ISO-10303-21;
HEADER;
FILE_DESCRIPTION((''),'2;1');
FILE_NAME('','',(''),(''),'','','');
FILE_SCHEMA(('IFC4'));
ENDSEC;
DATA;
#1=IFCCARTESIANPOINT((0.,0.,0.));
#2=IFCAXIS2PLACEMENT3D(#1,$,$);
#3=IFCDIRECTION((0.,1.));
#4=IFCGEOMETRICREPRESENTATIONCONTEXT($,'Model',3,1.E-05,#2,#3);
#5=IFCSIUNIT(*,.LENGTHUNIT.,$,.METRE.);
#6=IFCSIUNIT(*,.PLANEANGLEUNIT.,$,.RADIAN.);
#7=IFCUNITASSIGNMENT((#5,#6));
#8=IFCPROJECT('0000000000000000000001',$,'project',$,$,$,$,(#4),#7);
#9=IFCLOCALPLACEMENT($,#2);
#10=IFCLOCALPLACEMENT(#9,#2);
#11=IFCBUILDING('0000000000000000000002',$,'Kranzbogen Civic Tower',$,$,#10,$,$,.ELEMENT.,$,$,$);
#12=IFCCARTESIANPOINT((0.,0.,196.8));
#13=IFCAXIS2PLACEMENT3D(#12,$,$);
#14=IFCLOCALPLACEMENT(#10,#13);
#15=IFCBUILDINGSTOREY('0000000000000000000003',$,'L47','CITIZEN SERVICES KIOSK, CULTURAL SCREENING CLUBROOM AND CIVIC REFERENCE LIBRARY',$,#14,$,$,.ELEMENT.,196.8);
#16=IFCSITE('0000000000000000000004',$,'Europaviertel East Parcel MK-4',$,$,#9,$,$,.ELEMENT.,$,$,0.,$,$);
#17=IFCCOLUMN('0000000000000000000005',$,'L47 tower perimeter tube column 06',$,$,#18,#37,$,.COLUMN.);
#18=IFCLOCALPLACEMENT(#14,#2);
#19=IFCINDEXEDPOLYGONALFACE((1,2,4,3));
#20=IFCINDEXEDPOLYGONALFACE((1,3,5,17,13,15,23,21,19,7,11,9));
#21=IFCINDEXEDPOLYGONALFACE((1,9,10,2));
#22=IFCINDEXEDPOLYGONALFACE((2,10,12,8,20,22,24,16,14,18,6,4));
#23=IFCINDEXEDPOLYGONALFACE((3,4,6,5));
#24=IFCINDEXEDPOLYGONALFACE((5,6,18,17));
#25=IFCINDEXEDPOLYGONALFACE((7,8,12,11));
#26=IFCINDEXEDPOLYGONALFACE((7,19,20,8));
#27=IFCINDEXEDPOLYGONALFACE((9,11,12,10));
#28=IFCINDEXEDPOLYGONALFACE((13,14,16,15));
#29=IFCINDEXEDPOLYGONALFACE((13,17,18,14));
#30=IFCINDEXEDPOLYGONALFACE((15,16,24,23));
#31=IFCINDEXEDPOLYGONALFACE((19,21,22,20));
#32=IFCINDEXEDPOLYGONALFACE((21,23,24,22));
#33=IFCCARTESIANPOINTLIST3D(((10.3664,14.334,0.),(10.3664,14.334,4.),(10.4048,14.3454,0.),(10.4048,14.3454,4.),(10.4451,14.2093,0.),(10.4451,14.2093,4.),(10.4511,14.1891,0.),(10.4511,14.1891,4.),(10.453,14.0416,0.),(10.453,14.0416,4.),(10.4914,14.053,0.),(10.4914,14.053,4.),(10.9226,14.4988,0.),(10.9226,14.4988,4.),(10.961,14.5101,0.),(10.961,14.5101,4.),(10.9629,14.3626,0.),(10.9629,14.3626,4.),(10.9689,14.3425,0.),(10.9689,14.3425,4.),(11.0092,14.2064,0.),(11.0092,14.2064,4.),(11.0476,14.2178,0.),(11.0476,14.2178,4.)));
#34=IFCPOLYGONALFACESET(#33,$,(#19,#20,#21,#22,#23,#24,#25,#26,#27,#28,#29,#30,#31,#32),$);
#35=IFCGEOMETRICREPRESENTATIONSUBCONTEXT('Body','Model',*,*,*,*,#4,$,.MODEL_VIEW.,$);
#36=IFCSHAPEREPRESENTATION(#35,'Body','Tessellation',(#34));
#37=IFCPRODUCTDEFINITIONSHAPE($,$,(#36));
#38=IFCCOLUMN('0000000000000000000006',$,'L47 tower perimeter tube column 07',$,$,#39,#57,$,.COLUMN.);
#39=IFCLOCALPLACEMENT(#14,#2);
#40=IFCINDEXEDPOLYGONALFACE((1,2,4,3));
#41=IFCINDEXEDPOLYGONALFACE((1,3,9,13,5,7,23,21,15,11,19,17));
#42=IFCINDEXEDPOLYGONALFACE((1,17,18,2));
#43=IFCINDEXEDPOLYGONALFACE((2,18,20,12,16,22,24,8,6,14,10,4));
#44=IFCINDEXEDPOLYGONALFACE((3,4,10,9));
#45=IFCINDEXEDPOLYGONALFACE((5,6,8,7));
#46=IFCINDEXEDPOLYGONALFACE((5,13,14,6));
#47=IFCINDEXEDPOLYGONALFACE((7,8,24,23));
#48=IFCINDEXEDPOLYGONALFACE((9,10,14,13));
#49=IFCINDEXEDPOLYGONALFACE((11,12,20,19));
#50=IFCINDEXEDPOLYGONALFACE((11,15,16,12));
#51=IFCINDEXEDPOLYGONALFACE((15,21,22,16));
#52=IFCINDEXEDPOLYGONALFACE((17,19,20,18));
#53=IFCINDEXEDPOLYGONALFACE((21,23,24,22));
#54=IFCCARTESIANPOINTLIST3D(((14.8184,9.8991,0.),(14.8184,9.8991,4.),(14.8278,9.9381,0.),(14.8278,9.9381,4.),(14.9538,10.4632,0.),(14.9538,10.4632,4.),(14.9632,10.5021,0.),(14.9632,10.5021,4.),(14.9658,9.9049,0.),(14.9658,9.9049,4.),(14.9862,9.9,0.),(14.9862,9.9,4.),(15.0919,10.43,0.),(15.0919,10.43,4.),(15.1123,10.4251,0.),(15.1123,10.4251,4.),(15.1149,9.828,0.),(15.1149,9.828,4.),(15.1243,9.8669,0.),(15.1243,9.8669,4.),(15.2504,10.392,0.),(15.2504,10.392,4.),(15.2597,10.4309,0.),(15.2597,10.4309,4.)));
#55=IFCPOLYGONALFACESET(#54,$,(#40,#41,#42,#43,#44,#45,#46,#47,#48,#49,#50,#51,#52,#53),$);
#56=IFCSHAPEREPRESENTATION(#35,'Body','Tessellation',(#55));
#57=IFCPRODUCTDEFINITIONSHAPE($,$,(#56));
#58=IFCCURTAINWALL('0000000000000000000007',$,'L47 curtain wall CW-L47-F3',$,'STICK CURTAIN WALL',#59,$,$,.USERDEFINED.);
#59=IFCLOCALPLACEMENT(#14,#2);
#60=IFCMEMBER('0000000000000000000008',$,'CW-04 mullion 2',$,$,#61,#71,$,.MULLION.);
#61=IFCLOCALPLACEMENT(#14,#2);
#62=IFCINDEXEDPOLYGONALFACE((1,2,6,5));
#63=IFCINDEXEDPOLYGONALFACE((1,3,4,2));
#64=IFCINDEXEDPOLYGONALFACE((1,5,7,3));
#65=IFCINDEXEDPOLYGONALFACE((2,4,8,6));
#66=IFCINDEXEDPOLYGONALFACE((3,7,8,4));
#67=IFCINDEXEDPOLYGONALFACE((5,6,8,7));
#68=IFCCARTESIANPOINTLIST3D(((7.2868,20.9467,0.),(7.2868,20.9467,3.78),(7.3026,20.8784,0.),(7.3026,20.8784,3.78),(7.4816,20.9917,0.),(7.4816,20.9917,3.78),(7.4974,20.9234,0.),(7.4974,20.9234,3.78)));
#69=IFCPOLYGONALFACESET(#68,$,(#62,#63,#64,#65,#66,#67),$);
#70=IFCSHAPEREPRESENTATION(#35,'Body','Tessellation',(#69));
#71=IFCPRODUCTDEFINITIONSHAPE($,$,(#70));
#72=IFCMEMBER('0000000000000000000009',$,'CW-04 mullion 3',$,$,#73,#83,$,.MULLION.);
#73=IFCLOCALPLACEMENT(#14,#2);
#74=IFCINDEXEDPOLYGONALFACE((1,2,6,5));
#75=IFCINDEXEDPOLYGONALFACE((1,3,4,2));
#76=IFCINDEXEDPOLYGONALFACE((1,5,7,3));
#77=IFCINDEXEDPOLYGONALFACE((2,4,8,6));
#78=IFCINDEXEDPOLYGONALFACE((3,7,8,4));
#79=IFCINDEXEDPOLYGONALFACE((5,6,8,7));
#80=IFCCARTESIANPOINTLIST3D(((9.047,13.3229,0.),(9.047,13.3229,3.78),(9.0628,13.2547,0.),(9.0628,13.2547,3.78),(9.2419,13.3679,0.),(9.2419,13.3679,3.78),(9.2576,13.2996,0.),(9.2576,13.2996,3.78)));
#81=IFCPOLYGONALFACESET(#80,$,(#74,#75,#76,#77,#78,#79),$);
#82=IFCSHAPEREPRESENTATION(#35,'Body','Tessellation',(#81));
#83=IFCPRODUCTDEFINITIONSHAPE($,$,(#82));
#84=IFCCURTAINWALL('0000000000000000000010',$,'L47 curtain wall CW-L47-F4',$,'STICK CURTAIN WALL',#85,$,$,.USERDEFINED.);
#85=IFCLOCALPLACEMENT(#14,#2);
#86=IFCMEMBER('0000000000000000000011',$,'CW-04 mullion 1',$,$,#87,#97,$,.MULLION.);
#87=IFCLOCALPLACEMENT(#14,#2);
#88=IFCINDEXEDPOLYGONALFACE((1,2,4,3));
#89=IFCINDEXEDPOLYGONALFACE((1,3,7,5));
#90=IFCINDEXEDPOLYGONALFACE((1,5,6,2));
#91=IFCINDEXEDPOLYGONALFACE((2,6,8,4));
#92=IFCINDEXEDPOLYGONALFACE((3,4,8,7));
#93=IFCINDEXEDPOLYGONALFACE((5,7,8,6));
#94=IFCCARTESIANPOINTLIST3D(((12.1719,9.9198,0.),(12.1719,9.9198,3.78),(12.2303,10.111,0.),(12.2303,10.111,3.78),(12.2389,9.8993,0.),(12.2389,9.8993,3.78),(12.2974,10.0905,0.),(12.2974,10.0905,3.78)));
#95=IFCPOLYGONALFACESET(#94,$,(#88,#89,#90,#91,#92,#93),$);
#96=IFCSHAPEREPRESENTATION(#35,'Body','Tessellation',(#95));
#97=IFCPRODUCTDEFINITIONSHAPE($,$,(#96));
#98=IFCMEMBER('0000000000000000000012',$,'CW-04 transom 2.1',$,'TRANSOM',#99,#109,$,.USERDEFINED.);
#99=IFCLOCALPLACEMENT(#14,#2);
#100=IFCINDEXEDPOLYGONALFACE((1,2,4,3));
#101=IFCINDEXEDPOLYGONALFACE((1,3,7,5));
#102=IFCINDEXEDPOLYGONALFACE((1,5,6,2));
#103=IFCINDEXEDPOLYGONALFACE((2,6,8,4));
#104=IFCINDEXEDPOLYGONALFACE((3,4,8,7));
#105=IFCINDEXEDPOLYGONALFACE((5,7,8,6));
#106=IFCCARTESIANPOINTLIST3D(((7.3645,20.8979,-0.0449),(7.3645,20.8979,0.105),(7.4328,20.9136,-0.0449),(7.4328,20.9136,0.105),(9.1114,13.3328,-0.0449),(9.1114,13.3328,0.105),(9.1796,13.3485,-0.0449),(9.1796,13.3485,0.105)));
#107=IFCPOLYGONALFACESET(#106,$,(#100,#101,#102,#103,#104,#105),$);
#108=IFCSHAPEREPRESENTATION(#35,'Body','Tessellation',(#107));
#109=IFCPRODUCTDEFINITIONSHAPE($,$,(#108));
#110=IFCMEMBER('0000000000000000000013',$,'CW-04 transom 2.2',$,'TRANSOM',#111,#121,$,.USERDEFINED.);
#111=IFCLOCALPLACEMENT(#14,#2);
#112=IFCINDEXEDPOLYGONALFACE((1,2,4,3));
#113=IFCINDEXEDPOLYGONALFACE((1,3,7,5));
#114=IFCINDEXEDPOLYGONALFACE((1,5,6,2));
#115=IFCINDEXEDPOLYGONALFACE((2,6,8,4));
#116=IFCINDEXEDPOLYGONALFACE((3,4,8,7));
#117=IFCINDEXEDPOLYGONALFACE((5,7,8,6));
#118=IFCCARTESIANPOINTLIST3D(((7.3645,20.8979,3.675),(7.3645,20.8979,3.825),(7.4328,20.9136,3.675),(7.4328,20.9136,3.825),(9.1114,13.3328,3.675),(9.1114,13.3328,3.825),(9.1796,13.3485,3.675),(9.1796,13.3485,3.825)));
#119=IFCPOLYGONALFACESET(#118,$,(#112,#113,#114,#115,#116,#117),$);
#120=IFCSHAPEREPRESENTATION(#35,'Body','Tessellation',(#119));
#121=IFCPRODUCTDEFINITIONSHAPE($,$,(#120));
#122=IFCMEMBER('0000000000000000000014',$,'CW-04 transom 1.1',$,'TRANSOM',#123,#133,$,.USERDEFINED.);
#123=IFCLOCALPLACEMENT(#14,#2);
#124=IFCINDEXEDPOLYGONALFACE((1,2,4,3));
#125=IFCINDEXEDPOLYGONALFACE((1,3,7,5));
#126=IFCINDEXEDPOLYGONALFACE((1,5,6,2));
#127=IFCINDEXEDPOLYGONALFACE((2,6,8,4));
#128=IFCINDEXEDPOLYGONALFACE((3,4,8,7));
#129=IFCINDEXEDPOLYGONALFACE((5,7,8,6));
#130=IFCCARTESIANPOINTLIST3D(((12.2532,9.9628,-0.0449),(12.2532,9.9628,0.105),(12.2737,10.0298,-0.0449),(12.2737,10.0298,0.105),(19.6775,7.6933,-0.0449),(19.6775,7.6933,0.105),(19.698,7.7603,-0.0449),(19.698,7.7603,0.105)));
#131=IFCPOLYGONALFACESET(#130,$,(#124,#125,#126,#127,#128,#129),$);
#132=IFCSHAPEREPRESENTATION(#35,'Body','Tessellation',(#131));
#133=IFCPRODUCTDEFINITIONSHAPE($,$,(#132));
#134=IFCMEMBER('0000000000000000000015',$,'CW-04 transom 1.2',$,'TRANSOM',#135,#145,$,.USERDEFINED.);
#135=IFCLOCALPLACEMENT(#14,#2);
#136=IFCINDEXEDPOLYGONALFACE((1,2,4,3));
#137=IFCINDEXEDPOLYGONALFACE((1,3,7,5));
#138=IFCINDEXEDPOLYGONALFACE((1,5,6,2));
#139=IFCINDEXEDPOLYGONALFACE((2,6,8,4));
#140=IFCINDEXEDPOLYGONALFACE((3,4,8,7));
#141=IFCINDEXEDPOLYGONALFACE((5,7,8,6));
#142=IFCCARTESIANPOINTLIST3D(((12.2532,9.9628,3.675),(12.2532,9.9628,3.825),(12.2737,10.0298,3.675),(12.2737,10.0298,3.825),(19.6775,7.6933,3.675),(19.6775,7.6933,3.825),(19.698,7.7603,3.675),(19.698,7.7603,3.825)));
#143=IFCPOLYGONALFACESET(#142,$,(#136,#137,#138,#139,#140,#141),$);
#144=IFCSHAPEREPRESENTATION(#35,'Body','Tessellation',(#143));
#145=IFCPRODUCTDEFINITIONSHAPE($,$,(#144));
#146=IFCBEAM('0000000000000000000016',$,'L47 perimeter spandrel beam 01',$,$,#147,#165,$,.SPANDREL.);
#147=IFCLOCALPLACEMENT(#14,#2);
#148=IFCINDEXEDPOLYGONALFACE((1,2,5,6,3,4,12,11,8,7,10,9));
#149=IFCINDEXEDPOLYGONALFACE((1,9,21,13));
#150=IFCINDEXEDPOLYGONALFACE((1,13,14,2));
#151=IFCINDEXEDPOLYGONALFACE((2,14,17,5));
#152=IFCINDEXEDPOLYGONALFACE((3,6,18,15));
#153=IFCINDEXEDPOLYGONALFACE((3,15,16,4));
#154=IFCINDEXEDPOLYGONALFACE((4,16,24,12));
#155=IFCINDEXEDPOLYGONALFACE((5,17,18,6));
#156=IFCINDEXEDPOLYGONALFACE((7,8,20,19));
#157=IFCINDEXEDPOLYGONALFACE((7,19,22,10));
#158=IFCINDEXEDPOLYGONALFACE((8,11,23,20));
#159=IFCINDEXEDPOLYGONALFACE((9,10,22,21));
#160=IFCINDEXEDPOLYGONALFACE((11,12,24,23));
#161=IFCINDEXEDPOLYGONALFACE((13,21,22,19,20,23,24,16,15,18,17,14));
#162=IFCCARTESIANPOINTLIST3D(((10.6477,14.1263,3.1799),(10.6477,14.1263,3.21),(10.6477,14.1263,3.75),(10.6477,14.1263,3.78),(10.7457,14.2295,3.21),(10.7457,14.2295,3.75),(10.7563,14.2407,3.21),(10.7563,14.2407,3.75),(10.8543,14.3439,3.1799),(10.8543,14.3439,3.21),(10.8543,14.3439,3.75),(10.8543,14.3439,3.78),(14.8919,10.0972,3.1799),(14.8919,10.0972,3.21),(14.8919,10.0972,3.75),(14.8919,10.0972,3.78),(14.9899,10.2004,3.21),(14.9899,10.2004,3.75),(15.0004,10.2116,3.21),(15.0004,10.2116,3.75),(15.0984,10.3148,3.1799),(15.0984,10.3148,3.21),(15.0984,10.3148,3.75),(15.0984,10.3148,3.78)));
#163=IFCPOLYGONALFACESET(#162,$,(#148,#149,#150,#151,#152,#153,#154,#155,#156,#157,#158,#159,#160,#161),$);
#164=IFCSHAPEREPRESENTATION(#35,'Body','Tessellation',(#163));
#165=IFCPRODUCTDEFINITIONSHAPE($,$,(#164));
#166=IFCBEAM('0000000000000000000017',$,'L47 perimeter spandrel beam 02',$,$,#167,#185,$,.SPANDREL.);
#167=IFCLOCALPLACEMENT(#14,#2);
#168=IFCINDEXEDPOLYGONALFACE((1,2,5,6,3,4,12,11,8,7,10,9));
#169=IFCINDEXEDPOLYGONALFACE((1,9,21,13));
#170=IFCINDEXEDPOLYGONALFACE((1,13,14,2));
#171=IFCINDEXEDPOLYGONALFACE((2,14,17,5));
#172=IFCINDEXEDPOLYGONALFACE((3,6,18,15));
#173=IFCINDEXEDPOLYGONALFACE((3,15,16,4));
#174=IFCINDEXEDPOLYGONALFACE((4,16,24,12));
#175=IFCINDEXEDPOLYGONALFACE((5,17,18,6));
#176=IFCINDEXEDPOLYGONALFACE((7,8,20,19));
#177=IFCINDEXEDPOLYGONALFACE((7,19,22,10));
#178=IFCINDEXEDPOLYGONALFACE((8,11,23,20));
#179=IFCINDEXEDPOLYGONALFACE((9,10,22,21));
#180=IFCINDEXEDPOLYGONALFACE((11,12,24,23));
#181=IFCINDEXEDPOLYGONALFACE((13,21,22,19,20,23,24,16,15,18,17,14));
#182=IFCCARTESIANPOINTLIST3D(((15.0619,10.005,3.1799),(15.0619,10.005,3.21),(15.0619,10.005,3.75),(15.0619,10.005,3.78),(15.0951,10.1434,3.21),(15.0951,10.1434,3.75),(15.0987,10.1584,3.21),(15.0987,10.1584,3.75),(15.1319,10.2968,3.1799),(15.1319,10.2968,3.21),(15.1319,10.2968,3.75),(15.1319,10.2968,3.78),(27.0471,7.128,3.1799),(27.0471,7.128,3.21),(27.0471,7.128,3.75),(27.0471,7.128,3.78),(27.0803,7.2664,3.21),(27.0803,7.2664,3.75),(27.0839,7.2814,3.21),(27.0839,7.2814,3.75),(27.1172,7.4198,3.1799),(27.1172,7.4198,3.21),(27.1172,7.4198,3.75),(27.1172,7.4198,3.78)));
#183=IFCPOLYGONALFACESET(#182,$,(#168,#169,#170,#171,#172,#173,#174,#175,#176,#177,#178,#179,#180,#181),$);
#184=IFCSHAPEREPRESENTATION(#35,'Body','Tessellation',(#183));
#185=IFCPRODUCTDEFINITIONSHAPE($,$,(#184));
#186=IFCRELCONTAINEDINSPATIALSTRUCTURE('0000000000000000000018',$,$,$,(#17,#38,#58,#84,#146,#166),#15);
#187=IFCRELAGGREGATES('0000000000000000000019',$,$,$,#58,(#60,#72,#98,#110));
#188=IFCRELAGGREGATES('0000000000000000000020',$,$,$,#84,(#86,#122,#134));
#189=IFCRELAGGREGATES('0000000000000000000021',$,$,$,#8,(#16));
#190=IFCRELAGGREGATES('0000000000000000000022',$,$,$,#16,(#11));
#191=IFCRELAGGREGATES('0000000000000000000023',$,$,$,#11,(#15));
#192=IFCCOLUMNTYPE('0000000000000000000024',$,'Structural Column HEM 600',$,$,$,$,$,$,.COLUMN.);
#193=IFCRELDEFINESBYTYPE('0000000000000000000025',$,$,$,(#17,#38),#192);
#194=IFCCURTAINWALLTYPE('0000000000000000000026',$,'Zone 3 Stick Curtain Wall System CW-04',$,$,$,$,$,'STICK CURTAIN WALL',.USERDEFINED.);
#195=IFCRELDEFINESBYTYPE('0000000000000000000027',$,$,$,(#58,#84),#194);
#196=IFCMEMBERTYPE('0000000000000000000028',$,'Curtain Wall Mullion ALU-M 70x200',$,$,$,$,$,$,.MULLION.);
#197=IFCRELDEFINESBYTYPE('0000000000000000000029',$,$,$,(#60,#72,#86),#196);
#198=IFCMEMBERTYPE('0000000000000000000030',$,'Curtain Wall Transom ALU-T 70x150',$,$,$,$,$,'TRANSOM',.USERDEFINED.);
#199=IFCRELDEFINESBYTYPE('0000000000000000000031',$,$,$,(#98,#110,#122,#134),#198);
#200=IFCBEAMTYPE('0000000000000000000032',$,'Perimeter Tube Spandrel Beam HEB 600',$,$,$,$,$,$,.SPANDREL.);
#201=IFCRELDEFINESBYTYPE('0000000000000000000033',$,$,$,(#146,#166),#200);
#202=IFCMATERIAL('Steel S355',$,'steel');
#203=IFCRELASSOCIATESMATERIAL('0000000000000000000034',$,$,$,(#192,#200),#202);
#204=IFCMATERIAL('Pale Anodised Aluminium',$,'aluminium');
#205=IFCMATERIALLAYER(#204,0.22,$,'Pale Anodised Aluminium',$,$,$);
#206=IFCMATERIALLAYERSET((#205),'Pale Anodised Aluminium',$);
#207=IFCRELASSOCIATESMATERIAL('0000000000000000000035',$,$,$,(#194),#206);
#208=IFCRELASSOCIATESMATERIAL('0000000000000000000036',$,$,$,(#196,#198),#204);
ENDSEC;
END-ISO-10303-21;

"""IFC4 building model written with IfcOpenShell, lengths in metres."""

from ifc_helpers import new_model, si_unit, direction, frame, origin, origin_2d, place, context, subcontext, project, spatial, rectangle, i_section, extrude, material, layer, layer_set, material_profile, profile_set, type_object, element, aggregate, save


model = new_model("IFC4")

# Units and contexts
model_context = context("Model", 3, precision=1e-05, world=origin(), true_north=direction((0.0, 1.0)))
body_context = subcontext(model_context, "Body", "Model", "MODEL_VIEW")
ifc_project = project(units=[si_unit("LENGTHUNIT", "METRE"), si_unit("PLANEANGLEUNIT", "RADIAN")], contexts=[model_context])

# Site, building, storey
site_placement = place(None, origin())
site = spatial("IfcSite", under=ifc_project, at=site_placement, Name="Europaviertel East Parcel MK-4", CompositionType="ELEMENT", RefElevation=0.0)
building_placement = place(site_placement, origin())
building = spatial("IfcBuilding", under=site, at=building_placement, Name="Kranzbogen Civic Tower", CompositionType="ELEMENT")
storey_placement = place(building_placement, frame((0.0, 0.0, 196.8)))
storey = spatial("IfcBuildingStorey", under=building, at=storey_placement, Name="L47", Description="CITIZEN SERVICES KIOSK, CULTURAL SCREENING CLUBROOM AND CIVIC REFERENCE LIBRARY", CompositionType="ELEMENT", Elevation=196.8)

# Columns
ifc_material_1 = material(Name="Steel S355", Category="steel")
ifc_material_profile_1 = material_profile(ifc_material_1, i_section(OverallWidth=0.3049, OverallDepth=0.6201, WebThickness=0.021, FlangeThickness=0.04, at=origin_2d()), Name="HEM 600")
ifc_profile_set_1 = profile_set([ifc_material_profile_1], Name="Steel S355")
column_type = type_object("IfcColumnType", Name="Structural Column HEM 600", PredefinedType="COLUMN", material=ifc_profile_set_1)
for number, where, z_axis, x_axis, name in (
    (1, (10.707, 14.2759, 0.0), (0.0, 0.0, 1.0), (-0.284015, 0.95882, 0.0), "L47 tower perimeter tube column 06"),
    (2, (15.0391, 10.165, 0.0), (0.0, 0.0, 1.0), (-0.97237, 0.233445, 0.0), "L47 tower perimeter tube column 07"),
):
    element("IfcColumn", number, at=place(storey_placement, frame(where, z_axis=z_axis, x_axis=x_axis)), inside=storey, type_object=column_type, Name=name, PredefinedType="COLUMN", context=body_context, shape_type="SweptSolid", body=[
        extrude(i_section(OverallWidth=0.3049, OverallDepth=0.6201, WebThickness=0.021, FlangeThickness=0.04, at=origin_2d()), origin(), (0.0, 0.0, 1.0), 4.0),
    ])

# Curtain wall, members
ifc_material_2 = material(Name="Pale Anodised Aluminium", Category="aluminium")
ifc_layer_1 = layer(ifc_material_2, 0.22, Name="Pale Anodised Aluminium")
ifc_layer_set_1 = layer_set([ifc_layer_1], Name="Pale Anodised Aluminium")
curtain_wall_type = type_object("IfcCurtainWallType", Name="Zone 3 Stick Curtain Wall System CW-04", ElementType="STICK CURTAIN WALL", PredefinedType="USERDEFINED", material=ifc_layer_set_1)
curtain_wall_1_placement = place(storey_placement, origin())
curtain_wall_1 = element("IfcCurtainWall", 3, at=curtain_wall_1_placement, inside=storey, type_object=curtain_wall_type, Name="L47 curtain wall CW-L47-F3", ObjectType="STICK CURTAIN WALL", PredefinedType="USERDEFINED")
ifc_material_profile_2 = material_profile(ifc_material_2, rectangle(XDim=0.0701, YDim=0.2, at=origin_2d()), Name="ALU-M 70x200")
ifc_profile_set_2 = profile_set([ifc_material_profile_2], Name="Pale Anodised Aluminium")
member_type_1 = type_object("IfcMemberType", Name="Curtain Wall Mullion ALU-M 70x200", PredefinedType="MULLION", material=ifc_profile_set_2)
member_1_placement = place(storey_placement, frame((7.3921, 20.9351, 0.0), z_axis=(0.0, 0.0, 1.0), x_axis=(0.224971, -0.974365, 0.0)))
member_1 = element("IfcMember", 4, at=member_1_placement, type_object=member_type_1, Name="CW-04 mullion 2", PredefinedType="MULLION", context=body_context, shape_type="SweptSolid", body=[
    extrude(rectangle(XDim=0.0701, YDim=0.2, at=origin_2d()), origin(), (0.0, 0.0, 1.0), 3.78),
])
member_2_placement = place(storey_placement, frame((9.1523, 13.3113, 0.0), z_axis=(0.0, 0.0, 1.0), x_axis=(0.224971, -0.974365, 0.0)))
member_2 = element("IfcMember", 5, at=member_2_placement, type_object=member_type_1, Name="CW-04 mullion 3", PredefinedType="MULLION", context=body_context, shape_type="SweptSolid", body=[
    extrude(rectangle(XDim=0.0701, YDim=0.2, at=origin_2d()), origin(), (0.0, 0.0, 1.0), 3.78),
])

# Curtain wall, member
curtain_wall_2_placement = place(storey_placement, origin())
curtain_wall_2 = element("IfcCurtainWall", 6, at=curtain_wall_2_placement, inside=storey, type_object=curtain_wall_type, Name="L47 curtain wall CW-L47-F4", ObjectType="STICK CURTAIN WALL", PredefinedType="USERDEFINED")
member_3_placement = place(storey_placement, frame((12.2346, 10.0051, 0.0), z_axis=(0.0, 0.0, 1.0), x_axis=(0.956312, -0.29235, 0.0)))
member_3 = element("IfcMember", 7, at=member_3_placement, type_object=member_type_1, Name="CW-04 mullion 1", PredefinedType="MULLION", context=body_context, shape_type="SweptSolid", body=[
    extrude(rectangle(XDim=0.0701, YDim=0.2, at=origin_2d()), origin(), (0.0, 0.0, 1.0), 3.78),
])

# Members
ifc_material_profile_3 = material_profile(ifc_material_2, rectangle(XDim=0.0701, YDim=0.1499, at=origin_2d()), Name="ALU-T 70x150")
ifc_profile_set_3 = profile_set([ifc_material_profile_3], Name="Pale Anodised Aluminium")
member_type_2 = type_object("IfcMemberType", Name="Curtain Wall Transom ALU-T 70x150", ElementType="TRANSOM", PredefinedType="USERDEFINED", material=ifc_profile_set_3)
member_4_placement = place(storey_placement, frame((7.3987, 20.9058, 0.03), z_axis=(0.224984, -0.974363, 0.0), x_axis=(0.974363, 0.224984, 0.0)))
member_4 = element("IfcMember", 8, at=member_4_placement, type_object=member_type_2, Name="CW-04 transom 2.1", ObjectType="TRANSOM", PredefinedType="USERDEFINED", context=body_context, shape_type="SweptSolid", body=[
    extrude(rectangle(XDim=0.0701, YDim=0.1499, at=origin_2d()), origin(), (0.0, 0.0, 1.0), 7.7642),
])
member_5_placement = place(storey_placement, frame((7.3987, 20.9058, 3.75), z_axis=(0.224984, -0.974363, 0.0), x_axis=(0.974363, 0.224984, 0.0)))
member_5 = element("IfcMember", 9, at=member_5_placement, type_object=member_type_2, Name="CW-04 transom 2.2", ObjectType="TRANSOM", PredefinedType="USERDEFINED", context=body_context, shape_type="SweptSolid", body=[
    extrude(rectangle(XDim=0.0701, YDim=0.1499, at=origin_2d()), origin(), (0.0, 0.0, 1.0), 7.7642),
])
member_6_placement = place(storey_placement, frame((12.2634, 9.9963, 0.03), z_axis=(0.956316, -0.292335, 0.0), x_axis=(0.292335, 0.956316, 0.0)))
member_6 = element("IfcMember", 10, at=member_6_placement, type_object=member_type_2, Name="CW-04 transom 1.1", ObjectType="TRANSOM", PredefinedType="USERDEFINED", context=body_context, shape_type="SweptSolid", body=[
    extrude(rectangle(XDim=0.0701, YDim=0.1499, at=origin_2d()), origin(), (0.0, 0.0, 1.0), 7.7634),
])
member_7_placement = place(storey_placement, frame((12.2634, 9.9963, 3.75), z_axis=(0.956316, -0.292335, 0.0), x_axis=(0.292335, 0.956316, 0.0)))
member_7 = element("IfcMember", 11, at=member_7_placement, type_object=member_type_2, Name="CW-04 transom 1.2", ObjectType="TRANSOM", PredefinedType="USERDEFINED", context=body_context, shape_type="SweptSolid", body=[
    extrude(rectangle(XDim=0.0701, YDim=0.1499, at=origin_2d()), origin(), (0.0, 0.0, 1.0), 7.7634),
])

# Beams
ifc_material_profile_4 = material_profile(ifc_material_1, i_section(OverallWidth=0.3, OverallDepth=0.6001, WebThickness=0.0154, FlangeThickness=0.03, at=origin_2d()), Name="HEB 600")
ifc_profile_set_4 = profile_set([ifc_material_profile_4], Name="Steel S355")
beam_type_1 = type_object("IfcBeamType", Name="Perimeter Tube Spandrel Beam HEB 600", PredefinedType="SPANDREL", material=ifc_profile_set_4)
beam_1_placement = place(storey_placement, frame((10.751, 14.2351, 3.48), z_axis=(0.725245, -0.688491, 0.0), x_axis=(0.688491, 0.725245, 0.0)))
element("IfcBeam", 12, at=beam_1_placement, inside=storey, type_object=beam_type_1, Name="L47 perimeter spandrel beam 01", PredefinedType="SPANDREL", context=body_context, shape_type="SweptSolid", body=[
    extrude(i_section(OverallWidth=0.3, OverallDepth=0.6001, WebThickness=0.0154, FlangeThickness=0.03, at=origin_2d()), origin(), (0.0, 0.0, 1.0), 5.8521),
])
beam_2_placement = place(storey_placement, frame((15.0969, 10.1509, 3.48), z_axis=(0.972378, -0.233413, 0.0), x_axis=(0.233413, 0.972378, 0.0)))
element("IfcBeam", 13, at=beam_2_placement, inside=storey, type_object=beam_type_1, Name="L47 perimeter spandrel beam 02", PredefinedType="SPANDREL", context=body_context, shape_type="SweptSolid", body=[
    extrude(i_section(OverallWidth=0.3, OverallDepth=0.6001, WebThickness=0.0154, FlangeThickness=0.03, at=origin_2d()), origin(), (0.0, 0.0, 1.0), 12.3257),
])

aggregate(curtain_wall_1, [member_1, member_2, member_4, member_5])
aggregate(curtain_wall_2, [member_3, member_6, member_7])

save(model, "model.ifc")
